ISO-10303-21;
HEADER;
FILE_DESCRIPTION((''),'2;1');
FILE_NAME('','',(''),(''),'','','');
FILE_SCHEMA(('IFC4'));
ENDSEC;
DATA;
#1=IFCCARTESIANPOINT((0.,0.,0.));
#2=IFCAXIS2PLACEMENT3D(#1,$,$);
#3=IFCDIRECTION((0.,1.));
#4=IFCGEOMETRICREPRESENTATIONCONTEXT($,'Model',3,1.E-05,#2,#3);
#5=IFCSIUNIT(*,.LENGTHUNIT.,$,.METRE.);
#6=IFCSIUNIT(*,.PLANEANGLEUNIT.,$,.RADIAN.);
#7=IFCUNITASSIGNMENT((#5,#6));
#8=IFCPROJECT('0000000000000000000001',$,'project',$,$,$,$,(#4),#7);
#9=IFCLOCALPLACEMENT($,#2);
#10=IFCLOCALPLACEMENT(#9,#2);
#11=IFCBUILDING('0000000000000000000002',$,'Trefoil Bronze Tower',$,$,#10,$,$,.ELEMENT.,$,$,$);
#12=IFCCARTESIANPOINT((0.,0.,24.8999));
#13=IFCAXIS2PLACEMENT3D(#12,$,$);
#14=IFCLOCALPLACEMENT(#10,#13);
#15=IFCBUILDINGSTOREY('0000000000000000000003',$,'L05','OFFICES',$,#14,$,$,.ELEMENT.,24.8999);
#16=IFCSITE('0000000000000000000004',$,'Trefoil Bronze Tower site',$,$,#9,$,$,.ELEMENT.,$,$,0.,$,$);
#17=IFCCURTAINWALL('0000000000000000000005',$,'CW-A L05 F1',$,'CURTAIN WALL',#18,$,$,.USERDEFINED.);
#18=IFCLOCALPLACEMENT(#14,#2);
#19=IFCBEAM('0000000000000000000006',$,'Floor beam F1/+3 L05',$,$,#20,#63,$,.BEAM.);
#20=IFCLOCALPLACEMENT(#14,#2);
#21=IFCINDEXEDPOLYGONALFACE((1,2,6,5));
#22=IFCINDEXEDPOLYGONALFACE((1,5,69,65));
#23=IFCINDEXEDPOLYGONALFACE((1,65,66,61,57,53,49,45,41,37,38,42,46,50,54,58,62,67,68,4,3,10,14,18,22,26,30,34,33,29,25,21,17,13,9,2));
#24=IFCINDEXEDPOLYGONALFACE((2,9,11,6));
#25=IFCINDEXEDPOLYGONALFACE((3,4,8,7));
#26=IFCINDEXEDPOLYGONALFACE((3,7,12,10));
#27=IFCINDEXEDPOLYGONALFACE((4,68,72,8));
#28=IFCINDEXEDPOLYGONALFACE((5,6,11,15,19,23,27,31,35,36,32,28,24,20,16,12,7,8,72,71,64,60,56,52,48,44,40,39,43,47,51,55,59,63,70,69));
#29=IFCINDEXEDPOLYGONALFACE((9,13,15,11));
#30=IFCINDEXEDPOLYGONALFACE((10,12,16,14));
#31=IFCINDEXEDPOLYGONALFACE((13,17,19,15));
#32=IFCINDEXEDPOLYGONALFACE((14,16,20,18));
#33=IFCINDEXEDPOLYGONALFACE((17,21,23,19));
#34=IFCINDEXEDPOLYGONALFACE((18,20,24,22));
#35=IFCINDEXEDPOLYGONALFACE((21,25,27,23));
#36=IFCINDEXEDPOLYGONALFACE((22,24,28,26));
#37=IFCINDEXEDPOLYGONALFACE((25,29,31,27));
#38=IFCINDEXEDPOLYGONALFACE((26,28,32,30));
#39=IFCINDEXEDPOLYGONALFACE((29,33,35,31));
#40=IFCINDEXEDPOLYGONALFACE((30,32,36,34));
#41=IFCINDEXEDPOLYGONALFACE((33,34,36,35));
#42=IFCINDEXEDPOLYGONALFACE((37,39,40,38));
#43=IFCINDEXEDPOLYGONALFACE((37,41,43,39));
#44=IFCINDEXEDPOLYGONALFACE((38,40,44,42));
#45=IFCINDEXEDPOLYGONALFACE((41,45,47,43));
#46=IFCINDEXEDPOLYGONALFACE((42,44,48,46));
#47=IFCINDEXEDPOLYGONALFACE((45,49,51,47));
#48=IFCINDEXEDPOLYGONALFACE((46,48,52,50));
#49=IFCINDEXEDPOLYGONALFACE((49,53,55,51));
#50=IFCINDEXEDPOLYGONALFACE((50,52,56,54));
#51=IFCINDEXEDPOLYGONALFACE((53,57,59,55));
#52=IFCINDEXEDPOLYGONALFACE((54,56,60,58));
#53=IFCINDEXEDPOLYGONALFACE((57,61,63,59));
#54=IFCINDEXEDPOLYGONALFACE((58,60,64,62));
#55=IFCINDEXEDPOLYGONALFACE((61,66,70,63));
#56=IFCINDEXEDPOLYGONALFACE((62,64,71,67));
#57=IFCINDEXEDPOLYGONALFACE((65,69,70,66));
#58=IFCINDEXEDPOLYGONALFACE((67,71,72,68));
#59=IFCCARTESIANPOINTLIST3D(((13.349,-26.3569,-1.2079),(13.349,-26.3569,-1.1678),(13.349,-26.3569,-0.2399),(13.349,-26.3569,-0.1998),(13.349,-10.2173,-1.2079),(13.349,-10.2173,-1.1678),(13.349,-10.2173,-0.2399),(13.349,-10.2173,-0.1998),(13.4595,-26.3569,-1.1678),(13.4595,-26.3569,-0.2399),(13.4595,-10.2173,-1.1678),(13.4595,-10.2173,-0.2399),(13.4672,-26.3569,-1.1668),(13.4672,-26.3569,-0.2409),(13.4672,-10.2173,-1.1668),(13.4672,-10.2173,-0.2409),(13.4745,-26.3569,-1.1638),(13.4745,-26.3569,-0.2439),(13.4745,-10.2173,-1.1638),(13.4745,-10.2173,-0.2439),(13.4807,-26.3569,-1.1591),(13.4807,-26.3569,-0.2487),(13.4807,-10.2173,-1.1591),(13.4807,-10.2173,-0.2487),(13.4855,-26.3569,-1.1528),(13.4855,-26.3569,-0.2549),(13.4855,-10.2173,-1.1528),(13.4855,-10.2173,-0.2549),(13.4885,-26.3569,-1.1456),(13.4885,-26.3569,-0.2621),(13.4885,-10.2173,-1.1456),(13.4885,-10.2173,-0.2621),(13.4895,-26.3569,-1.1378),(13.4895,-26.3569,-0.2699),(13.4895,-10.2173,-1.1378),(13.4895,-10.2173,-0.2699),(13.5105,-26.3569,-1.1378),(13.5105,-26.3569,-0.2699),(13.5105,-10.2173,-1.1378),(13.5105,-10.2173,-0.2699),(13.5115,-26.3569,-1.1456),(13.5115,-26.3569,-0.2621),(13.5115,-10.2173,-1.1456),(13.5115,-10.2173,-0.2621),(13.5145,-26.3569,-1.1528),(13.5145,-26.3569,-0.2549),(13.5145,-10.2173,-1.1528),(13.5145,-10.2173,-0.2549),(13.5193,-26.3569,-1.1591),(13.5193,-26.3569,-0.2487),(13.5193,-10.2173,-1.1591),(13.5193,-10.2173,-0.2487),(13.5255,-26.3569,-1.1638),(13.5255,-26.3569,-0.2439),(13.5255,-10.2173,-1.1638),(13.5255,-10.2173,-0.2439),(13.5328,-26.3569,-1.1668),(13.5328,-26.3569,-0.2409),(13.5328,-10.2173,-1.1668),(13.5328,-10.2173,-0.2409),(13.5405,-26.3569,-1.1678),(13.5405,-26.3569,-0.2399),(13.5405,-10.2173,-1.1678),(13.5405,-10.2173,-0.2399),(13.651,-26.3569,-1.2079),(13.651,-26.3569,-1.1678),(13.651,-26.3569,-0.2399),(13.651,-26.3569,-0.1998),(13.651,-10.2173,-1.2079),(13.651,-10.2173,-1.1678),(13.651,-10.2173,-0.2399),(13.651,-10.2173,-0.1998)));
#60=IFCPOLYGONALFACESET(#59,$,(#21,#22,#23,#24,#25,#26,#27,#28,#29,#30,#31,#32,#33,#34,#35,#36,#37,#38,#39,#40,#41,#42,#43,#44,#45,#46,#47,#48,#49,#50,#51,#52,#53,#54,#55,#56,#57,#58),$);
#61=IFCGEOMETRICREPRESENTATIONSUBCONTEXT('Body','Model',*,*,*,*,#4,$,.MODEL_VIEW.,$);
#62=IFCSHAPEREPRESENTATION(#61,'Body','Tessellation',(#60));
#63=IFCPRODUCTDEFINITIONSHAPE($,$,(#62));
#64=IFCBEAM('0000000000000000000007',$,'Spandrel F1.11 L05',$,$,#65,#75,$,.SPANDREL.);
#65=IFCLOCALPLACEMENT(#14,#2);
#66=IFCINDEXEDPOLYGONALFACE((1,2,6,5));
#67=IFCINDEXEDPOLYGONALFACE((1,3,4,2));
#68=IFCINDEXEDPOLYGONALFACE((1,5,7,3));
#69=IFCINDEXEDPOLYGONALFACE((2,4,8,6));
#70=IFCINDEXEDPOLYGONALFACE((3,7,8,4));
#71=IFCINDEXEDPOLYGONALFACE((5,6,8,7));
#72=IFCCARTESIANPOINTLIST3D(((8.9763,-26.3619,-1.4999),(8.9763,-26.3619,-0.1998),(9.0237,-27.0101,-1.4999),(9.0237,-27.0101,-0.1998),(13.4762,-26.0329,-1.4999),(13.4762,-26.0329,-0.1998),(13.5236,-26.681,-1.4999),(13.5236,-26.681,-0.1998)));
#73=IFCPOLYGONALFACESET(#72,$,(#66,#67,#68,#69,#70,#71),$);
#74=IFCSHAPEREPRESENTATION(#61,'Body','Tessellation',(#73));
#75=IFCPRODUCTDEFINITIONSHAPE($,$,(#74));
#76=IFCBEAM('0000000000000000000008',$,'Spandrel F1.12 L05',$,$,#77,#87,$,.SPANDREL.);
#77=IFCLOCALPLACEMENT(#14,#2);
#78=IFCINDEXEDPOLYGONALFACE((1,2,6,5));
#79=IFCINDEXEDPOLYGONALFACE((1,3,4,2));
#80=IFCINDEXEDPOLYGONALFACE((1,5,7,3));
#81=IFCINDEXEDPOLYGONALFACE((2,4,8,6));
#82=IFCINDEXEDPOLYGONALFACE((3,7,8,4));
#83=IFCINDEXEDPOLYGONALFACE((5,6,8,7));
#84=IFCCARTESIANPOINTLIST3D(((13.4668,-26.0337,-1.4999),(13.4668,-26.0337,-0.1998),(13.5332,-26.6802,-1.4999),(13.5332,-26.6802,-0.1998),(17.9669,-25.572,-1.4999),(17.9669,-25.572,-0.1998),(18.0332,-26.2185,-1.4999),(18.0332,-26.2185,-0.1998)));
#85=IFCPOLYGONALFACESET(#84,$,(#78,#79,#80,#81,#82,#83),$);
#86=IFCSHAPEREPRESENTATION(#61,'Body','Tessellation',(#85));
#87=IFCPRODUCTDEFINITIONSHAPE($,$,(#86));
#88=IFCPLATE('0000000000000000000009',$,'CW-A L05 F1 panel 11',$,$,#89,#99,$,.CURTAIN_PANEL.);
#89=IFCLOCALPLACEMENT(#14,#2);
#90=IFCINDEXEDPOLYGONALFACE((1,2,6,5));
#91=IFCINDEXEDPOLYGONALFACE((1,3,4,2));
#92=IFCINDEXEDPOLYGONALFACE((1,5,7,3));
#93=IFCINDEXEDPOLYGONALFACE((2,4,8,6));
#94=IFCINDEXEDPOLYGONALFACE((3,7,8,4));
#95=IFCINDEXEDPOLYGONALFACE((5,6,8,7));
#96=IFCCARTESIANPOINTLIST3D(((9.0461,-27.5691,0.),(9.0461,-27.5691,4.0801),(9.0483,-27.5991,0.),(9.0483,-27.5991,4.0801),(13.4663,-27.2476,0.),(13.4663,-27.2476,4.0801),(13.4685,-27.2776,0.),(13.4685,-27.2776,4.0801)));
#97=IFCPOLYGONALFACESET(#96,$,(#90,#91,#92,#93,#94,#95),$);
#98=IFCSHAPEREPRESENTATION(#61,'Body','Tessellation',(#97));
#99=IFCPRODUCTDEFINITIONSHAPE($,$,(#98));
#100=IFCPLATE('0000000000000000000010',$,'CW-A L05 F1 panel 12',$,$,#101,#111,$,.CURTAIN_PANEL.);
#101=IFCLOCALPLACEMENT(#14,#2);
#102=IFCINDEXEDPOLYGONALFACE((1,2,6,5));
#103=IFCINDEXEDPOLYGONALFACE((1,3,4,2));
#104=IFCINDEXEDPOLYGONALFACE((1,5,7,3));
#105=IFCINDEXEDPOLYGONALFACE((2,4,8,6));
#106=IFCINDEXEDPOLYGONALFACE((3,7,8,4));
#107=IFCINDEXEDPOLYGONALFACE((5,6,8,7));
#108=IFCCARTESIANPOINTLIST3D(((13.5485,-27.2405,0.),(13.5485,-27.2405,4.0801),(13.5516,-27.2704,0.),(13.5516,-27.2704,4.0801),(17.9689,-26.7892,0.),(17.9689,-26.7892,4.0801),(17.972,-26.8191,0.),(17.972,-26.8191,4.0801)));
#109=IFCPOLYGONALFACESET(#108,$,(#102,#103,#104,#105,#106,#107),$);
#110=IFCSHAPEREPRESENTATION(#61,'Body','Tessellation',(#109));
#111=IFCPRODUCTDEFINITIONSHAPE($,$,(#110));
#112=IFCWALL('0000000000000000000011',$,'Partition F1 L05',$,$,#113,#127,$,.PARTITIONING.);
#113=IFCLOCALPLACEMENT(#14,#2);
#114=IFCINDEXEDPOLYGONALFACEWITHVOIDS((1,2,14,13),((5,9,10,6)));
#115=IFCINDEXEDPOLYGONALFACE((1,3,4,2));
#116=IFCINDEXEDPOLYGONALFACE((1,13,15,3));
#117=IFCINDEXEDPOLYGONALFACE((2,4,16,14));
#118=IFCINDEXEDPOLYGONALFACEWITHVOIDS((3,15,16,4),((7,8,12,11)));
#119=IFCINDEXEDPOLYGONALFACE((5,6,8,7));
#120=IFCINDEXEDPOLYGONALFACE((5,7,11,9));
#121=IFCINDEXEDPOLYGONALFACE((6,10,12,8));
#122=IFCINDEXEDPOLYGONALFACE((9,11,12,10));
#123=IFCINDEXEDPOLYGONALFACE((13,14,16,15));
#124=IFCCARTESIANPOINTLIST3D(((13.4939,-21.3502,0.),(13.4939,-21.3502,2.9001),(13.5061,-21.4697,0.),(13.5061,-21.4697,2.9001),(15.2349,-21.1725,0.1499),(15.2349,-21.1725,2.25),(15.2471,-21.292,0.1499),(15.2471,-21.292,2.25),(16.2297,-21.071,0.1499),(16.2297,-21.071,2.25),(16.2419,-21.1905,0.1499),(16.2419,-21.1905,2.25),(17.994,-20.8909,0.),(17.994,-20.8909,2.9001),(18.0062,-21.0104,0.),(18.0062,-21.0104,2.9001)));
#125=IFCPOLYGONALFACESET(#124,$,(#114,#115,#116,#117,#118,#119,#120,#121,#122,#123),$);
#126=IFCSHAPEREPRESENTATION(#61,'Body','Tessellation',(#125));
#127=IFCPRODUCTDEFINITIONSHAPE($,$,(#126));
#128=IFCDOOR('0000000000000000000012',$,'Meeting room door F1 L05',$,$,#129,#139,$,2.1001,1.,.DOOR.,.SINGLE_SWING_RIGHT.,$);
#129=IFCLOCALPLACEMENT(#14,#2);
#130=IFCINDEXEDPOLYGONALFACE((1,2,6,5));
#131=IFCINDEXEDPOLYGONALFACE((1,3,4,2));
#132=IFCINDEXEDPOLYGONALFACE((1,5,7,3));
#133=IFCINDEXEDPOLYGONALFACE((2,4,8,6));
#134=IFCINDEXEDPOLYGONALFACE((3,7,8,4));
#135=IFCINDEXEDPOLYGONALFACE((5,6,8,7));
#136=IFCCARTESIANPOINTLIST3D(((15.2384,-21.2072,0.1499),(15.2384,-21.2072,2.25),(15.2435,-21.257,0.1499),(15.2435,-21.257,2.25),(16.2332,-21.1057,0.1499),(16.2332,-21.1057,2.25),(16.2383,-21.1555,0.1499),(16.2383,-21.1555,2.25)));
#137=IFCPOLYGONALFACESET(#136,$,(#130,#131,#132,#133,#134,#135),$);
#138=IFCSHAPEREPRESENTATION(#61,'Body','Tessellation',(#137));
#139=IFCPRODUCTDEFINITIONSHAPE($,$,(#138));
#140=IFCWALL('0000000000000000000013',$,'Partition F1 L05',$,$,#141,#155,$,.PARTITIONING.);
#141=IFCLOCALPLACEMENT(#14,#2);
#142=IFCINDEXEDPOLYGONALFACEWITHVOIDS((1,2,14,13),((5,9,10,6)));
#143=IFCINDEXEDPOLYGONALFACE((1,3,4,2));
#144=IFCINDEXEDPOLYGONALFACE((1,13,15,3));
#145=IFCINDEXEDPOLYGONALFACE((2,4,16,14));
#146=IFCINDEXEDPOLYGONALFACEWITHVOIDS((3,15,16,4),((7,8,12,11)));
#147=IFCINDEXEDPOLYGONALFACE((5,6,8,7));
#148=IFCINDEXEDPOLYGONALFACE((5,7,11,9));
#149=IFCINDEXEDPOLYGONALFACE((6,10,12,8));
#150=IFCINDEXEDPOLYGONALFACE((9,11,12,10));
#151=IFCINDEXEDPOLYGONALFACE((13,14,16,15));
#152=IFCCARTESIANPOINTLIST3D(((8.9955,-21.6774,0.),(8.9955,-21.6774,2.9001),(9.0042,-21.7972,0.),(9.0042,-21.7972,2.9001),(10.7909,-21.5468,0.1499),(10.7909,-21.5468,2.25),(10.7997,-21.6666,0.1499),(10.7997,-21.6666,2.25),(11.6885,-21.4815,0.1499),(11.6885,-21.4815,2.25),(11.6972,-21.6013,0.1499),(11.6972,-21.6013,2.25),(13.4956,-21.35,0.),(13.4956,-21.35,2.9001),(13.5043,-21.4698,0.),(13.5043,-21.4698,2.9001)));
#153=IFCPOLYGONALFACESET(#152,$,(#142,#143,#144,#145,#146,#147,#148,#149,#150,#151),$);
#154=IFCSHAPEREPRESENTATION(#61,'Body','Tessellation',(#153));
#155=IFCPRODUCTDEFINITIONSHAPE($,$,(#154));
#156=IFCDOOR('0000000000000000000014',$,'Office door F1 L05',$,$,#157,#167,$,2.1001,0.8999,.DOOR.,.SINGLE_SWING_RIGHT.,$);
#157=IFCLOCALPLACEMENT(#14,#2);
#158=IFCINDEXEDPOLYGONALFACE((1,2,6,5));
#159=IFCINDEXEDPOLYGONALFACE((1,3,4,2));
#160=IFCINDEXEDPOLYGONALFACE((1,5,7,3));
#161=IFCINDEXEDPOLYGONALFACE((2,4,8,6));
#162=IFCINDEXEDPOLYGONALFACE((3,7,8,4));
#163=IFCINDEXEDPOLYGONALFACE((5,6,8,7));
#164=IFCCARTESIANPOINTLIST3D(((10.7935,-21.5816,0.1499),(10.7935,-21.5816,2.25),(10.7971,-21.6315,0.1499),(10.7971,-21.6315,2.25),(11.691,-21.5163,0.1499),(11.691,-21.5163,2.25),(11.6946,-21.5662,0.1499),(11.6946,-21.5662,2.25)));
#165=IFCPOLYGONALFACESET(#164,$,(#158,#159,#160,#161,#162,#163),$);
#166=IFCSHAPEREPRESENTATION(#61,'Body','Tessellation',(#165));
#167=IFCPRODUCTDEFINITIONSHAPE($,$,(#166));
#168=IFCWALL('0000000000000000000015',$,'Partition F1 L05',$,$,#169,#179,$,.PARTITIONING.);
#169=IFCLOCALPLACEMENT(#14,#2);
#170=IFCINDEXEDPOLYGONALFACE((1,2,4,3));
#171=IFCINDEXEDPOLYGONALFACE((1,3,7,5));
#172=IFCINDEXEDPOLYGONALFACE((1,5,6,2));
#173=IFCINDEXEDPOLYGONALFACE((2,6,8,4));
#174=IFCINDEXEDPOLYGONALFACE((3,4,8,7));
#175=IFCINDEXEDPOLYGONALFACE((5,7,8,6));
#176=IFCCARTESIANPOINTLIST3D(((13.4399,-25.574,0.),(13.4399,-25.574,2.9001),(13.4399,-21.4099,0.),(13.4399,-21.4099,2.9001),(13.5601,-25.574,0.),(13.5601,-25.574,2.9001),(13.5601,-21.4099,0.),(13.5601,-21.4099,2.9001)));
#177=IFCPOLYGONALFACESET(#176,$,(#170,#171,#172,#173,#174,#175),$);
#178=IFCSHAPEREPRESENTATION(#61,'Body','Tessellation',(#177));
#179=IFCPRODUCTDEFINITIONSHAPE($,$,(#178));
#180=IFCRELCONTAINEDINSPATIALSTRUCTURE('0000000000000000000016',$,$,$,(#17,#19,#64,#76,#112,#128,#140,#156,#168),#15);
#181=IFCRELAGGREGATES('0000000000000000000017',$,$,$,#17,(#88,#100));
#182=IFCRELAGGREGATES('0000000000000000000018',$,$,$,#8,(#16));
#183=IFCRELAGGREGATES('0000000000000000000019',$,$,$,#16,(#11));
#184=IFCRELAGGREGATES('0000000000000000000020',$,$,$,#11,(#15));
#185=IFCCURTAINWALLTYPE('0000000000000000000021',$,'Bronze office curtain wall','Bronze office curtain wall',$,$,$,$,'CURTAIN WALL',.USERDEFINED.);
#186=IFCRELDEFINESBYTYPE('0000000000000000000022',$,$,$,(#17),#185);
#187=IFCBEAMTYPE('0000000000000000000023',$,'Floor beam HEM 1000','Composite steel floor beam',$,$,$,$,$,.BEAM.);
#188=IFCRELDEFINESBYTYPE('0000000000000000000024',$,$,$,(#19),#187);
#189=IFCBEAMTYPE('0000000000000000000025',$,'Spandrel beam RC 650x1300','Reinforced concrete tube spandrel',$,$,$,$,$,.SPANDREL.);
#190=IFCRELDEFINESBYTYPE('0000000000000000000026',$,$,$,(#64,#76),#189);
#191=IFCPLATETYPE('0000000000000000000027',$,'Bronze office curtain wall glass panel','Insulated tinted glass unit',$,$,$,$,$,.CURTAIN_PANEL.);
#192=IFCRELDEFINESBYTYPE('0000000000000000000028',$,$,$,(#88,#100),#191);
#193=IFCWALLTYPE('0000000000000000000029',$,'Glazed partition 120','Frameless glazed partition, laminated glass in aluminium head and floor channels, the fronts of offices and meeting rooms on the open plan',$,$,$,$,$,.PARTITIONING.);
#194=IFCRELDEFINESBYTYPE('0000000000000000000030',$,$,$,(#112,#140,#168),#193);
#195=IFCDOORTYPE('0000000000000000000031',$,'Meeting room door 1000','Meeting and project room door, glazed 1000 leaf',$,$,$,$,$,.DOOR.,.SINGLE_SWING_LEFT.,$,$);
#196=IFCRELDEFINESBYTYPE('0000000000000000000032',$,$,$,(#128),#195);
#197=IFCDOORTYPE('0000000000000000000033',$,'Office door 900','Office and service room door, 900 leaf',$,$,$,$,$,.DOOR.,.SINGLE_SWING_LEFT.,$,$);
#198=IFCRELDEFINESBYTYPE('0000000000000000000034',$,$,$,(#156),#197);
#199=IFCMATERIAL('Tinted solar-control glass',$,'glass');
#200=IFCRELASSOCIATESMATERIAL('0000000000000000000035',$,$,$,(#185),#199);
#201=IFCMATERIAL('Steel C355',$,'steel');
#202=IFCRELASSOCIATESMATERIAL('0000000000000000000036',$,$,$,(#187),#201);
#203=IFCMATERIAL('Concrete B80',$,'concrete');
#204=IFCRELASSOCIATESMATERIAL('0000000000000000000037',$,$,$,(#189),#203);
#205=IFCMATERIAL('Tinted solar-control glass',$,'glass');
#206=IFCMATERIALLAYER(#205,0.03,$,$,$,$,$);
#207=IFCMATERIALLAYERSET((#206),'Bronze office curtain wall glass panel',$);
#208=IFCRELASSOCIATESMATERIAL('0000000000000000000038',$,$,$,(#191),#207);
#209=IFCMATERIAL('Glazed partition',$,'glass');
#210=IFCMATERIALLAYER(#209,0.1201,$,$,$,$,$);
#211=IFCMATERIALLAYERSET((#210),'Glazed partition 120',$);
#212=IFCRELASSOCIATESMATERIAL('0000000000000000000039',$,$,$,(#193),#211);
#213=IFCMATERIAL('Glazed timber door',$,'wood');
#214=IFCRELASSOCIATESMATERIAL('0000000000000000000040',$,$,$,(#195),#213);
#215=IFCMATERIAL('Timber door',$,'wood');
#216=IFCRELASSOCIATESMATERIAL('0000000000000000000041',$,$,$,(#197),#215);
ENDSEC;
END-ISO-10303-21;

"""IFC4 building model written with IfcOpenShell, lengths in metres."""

from ifc_helpers import new_model, si_unit, direction, frame, frame_2d, origin, origin_2d, place, context, subcontext, project, spatial, rectangle, i_section, extrude, material, layer, layer_set, material_profile, profile_set, type_object, element, fill, aggregate, save


model = new_model("IFC4")

# Units and contexts
model_context = context("Model", 3, precision=1e-05, world=origin(), true_north=direction((0.0, 1.0)))
body_context = subcontext(model_context, "Body", "Model", "MODEL_VIEW")
ifc_project = project(units=[si_unit("LENGTHUNIT", "METRE"), si_unit("PLANEANGLEUNIT", "RADIAN")], contexts=[model_context])

# Site, building, storey
site_placement = place(None, origin())
site = spatial("IfcSite", under=ifc_project, at=site_placement, Name="Trefoil Bronze Tower site", CompositionType="ELEMENT", RefElevation=0.0)
building_placement = place(site_placement, origin())
building = spatial("IfcBuilding", under=site, at=building_placement, Name="Trefoil Bronze Tower", CompositionType="ELEMENT")
storey_placement = place(building_placement, frame((0.0, 0.0, 24.8999)))
storey = spatial("IfcBuildingStorey", under=building, at=storey_placement, Name="L05", Description="OFFICES", CompositionType="ELEMENT", Elevation=24.8999)

# Curtain wall
ifc_material_1 = material(Name="Tinted solar-control glass", Category="glass")
curtain_wall_type = type_object("IfcCurtainWallType", Name="Bronze office curtain wall", Description="Bronze office curtain wall", ElementType="CURTAIN WALL", PredefinedType="USERDEFINED", material=ifc_material_1)
curtain_wall_placement = place(storey_placement, origin())
curtain_wall = element("IfcCurtainWall", 1, at=curtain_wall_placement, inside=storey, type_object=curtain_wall_type, Name="CW-A L05 F1", ObjectType="CURTAIN WALL", PredefinedType="USERDEFINED")

# Beams
ifc_material_2 = material(Name="Steel C355", Category="steel")
ifc_material_profile_1 = material_profile(ifc_material_2, i_section(OverallWidth=0.302, OverallDepth=1.0081, WebThickness=0.021, FlangeThickness=0.04, FilletRadius=0.03, at=origin_2d()), Name="HEM 1000")
ifc_profile_set_1 = profile_set([ifc_material_profile_1], Name="Steel C355")
beam_type_1 = type_object("IfcBeamType", Name="Floor beam HEM 1000", Description="Composite steel floor beam", PredefinedType="BEAM", material=ifc_profile_set_1)
beam_1_placement = place(storey_placement, frame((13.5, -26.3569, -0.7039), z_axis=(0.0, 1.0, 0.0), x_axis=(-1.0, 0.0, 0.0)))
element("IfcBeam", 2, at=beam_1_placement, inside=storey, type_object=beam_type_1, Name="Floor beam F1/+3 L05", PredefinedType="BEAM", context=body_context, shape_type="SweptSolid", body=[
    extrude(i_section(OverallWidth=0.302, OverallDepth=1.0081, WebThickness=0.021, FlangeThickness=0.04, FilletRadius=0.03, at=origin_2d()), origin(), (0.0, 0.0, 1.0), 16.1396),
])
ifc_material_3 = material(Name="Concrete B80", Category="concrete")
ifc_material_profile_2 = material_profile(ifc_material_3, rectangle(XDim=0.6499, YDim=1.3, at=origin_2d()), Name="RC 650x1300")
ifc_profile_set_2 = profile_set([ifc_material_profile_2], Name="Concrete B80")
beam_type_2 = type_object("IfcBeamType", Name="Spandrel beam RC 650x1300", Description="Reinforced concrete tube spandrel", PredefinedType="SPANDREL", material=ifc_profile_set_2)
beam_2_placement = place(storey_placement, frame((9.0, -26.686, -0.8499), z_axis=(0.997336, 0.072939, 0.0), x_axis=(-0.072939, 0.997336, 0.0)))
element("IfcBeam", 3, at=beam_2_placement, inside=storey, type_object=beam_type_2, Name="Spandrel F1.11 L05", PredefinedType="SPANDREL", context=body_context, shape_type="SweptSolid", body=[
    extrude(rectangle(XDim=0.6499, YDim=1.3, at=origin_2d()), origin(), (0.0, 0.0, 1.0), 4.512),
])
beam_3_placement = place(storey_placement, frame((13.5, -26.3569, -0.8499), z_axis=(0.994778, 0.102058, 0.0), x_axis=(-0.102058, 0.994778, 0.0)))
element("IfcBeam", 4, at=beam_3_placement, inside=storey, type_object=beam_type_2, Name="Spandrel F1.12 L05", PredefinedType="SPANDREL", context=body_context, shape_type="SweptSolid", body=[
    extrude(rectangle(XDim=0.6499, YDim=1.3, at=origin_2d()), origin(), (0.0, 0.0, 1.0), 4.5237),
])

# Plates
ifc_material_4 = material(Name="Tinted solar-control glass", Category="glass")
ifc_layer_1 = layer(ifc_material_4, 0.03)
ifc_layer_set_1 = layer_set([ifc_layer_1], Name="Bronze office curtain wall glass panel")
plate_type = type_object("IfcPlateType", Name="Bronze office curtain wall glass panel", Description="Insulated tinted glass unit", PredefinedType="CURTAIN_PANEL", material=ifc_layer_set_1)
plate_1_placement = place(storey_placement, frame((11.2573, -27.4233, 0.0), z_axis=(0.0, 0.0, 1.0), x_axis=(0.997365, 0.072547, 0.0)))
plate_1 = element("IfcPlate", 5, at=plate_1_placement, type_object=plate_type, Name="CW-A L05 F1 panel 11", PredefinedType="CURTAIN_PANEL", context=body_context, shape_type="SweptSolid", body=[
    extrude(rectangle(XDim=4.4319, YDim=0.03, at=origin_2d()), origin(), (0.0, 0.0, 1.0), 4.0801),
])
plate_2_placement = place(storey_placement, frame((15.7603, -27.0298, 0.0), z_axis=(0.0, 0.0, 1.0), x_axis=(0.994829, 0.101565, 0.0)))
plate_2 = element("IfcPlate", 6, at=plate_2_placement, type_object=plate_type, Name="CW-A L05 F1 panel 12", PredefinedType="CURTAIN_PANEL", context=body_context, shape_type="SweptSolid", body=[
    extrude(rectangle(XDim=4.4434, YDim=0.03, at=origin_2d()), origin(), (0.0, 0.0, 1.0), 4.0801),
])
aggregate(curtain_wall, [plate_1, plate_2])

# Walls, openings, doors
ifc_material_5 = material(Name="Glazed partition", Category="glass")
ifc_layer_2 = layer(ifc_material_5, 0.1201)
ifc_layer_set_2 = layer_set([ifc_layer_2], Name="Glazed partition 120")
wall_type = type_object("IfcWallType", Name="Glazed partition 120", Description="Frameless glazed partition, laminated glass in aluminium head and floor channels, the fronts of offices and meeting rooms on the open plan", PredefinedType="PARTITIONING", material=ifc_layer_set_2)
wall_1_placement = place(storey_placement, frame((13.5, -21.4099, 0.0), z_axis=(0.0, 0.0, 1.0), x_axis=(0.994833, 0.101523, 0.0)))
wall_1 = element("IfcWall", 7, at=wall_1_placement, inside=storey, type_object=wall_type, Name="Partition F1 L05", PredefinedType="PARTITIONING", context=body_context, shape_type="SweptSolid", body=[
    extrude(rectangle(XDim=4.5234, YDim=0.1201, at=frame_2d((2.2617, 0.0))), origin(), (0.0, 0.0, 1.0), 2.9001),
])
opening_1_placement = place(wall_1_placement, frame((1.75, 0.0, 0.1499)))
opening_1 = element("IfcOpeningElement", 8, at=opening_1_placement, cuts=wall_1, PredefinedType="OPENING", context=body_context, shape_type="SweptSolid", body=[
    extrude(rectangle(XDim=1.0, YDim=2.1001, at=frame_2d((0.5, 1.05))), frame((0.0, 0.0701, 0.0), z_axis=(0.0, -1.0, 0.0), x_axis=(1.0, 0.0, 0.0)), (0.0, 0.0, 1.0), 0.1401),
])
ifc_material_6 = material(Name="Glazed timber door", Category="wood")
door_type_1 = type_object("IfcDoorType", Name="Meeting room door 1000", Description="Meeting and project room door, glazed 1000 leaf", OperationType="SINGLE_SWING_LEFT", PredefinedType="DOOR", material=ifc_material_6)
door_1_placement = place(opening_1_placement, frame((1.0, 0.0, 0.0), z_axis=(0.0, 0.0, 1.0), x_axis=(-1.0, 0.0, 0.0)))
door_1 = element("IfcDoor", 9, at=door_1_placement, inside=storey, type_object=door_type_1, Name="Meeting room door F1 L05", OperationType="SINGLE_SWING_RIGHT", OverallHeight=2.1001, OverallWidth=1.0, PredefinedType="DOOR", context=body_context, shape_type="SweptSolid", body=[
    extrude(rectangle(XDim=1.0, YDim=2.1001, at=frame_2d((0.5, 1.05))), frame((0.0, 0.0249, 0.0), z_axis=(0.0, -1.0, 0.0), x_axis=(1.0, 0.0, 0.0)), (0.0, 0.0, 1.0), 0.05),
])
fill(opening_1, door_1)
wall_2_placement = place(storey_placement, frame((9.0, -21.7373, 0.0), z_axis=(0.0, 0.0, 1.0), x_axis=(0.997364, 0.072562, 0.0)))
wall_2 = element("IfcWall", 10, at=wall_2_placement, inside=storey, type_object=wall_type, Name="Partition F1 L05", PredefinedType="PARTITIONING", context=body_context, shape_type="SweptSolid", body=[
    extrude(rectangle(XDim=4.512, YDim=0.1201, at=frame_2d((2.2559, 0.0))), origin(), (0.0, 0.0, 1.0), 2.9001),
])
opening_2_placement = place(wall_2_placement, frame((1.8, 0.0, 0.1499)))
opening_2 = element("IfcOpeningElement", 11, at=opening_2_placement, cuts=wall_2, PredefinedType="OPENING", context=body_context, shape_type="SweptSolid", body=[
    extrude(rectangle(XDim=0.8999, YDim=2.1001, at=frame_2d((0.45, 1.05))), frame((0.0, 0.0701, 0.0), z_axis=(0.0, -1.0, 0.0), x_axis=(1.0, 0.0, 0.0)), (0.0, 0.0, 1.0), 0.1401),
])
ifc_material_7 = material(Name="Timber door", Category="wood")
door_type_2 = type_object("IfcDoorType", Name="Office door 900", Description="Office and service room door, 900 leaf", OperationType="SINGLE_SWING_LEFT", PredefinedType="DOOR", material=ifc_material_7)
door_2_placement = place(opening_2_placement, frame((0.8999, 0.0, 0.0), z_axis=(0.0, 0.0, 1.0), x_axis=(-1.0, 0.0, 0.0)))
door_2 = element("IfcDoor", 12, at=door_2_placement, inside=storey, type_object=door_type_2, Name="Office door F1 L05", OperationType="SINGLE_SWING_RIGHT", OverallHeight=2.1001, OverallWidth=0.8999, PredefinedType="DOOR", context=body_context, shape_type="SweptSolid", body=[
    extrude(rectangle(XDim=0.8999, YDim=2.1001, at=frame_2d((0.45, 1.05))), frame((0.0, 0.0249, 0.0), z_axis=(0.0, -1.0, 0.0), x_axis=(1.0, 0.0, 0.0)), (0.0, 0.0, 1.0), 0.05),
])
fill(opening_2, door_2)

# Wall
wall_3_placement = place(storey_placement, frame((13.5, -21.4099, 0.0), z_axis=(0.0, 0.0, 1.0), x_axis=(0.0, -1.0, 0.0)))
element("IfcWall", 13, at=wall_3_placement, inside=storey, type_object=wall_type, Name="Partition F1 L05", PredefinedType="PARTITIONING", context=body_context, shape_type="SweptSolid", body=[
    extrude(rectangle(XDim=4.1641, YDim=0.1201, at=frame_2d((2.082, 0.0))), origin(), (0.0, 0.0, 1.0), 2.9001),
])

save(model, "model.ifc")
